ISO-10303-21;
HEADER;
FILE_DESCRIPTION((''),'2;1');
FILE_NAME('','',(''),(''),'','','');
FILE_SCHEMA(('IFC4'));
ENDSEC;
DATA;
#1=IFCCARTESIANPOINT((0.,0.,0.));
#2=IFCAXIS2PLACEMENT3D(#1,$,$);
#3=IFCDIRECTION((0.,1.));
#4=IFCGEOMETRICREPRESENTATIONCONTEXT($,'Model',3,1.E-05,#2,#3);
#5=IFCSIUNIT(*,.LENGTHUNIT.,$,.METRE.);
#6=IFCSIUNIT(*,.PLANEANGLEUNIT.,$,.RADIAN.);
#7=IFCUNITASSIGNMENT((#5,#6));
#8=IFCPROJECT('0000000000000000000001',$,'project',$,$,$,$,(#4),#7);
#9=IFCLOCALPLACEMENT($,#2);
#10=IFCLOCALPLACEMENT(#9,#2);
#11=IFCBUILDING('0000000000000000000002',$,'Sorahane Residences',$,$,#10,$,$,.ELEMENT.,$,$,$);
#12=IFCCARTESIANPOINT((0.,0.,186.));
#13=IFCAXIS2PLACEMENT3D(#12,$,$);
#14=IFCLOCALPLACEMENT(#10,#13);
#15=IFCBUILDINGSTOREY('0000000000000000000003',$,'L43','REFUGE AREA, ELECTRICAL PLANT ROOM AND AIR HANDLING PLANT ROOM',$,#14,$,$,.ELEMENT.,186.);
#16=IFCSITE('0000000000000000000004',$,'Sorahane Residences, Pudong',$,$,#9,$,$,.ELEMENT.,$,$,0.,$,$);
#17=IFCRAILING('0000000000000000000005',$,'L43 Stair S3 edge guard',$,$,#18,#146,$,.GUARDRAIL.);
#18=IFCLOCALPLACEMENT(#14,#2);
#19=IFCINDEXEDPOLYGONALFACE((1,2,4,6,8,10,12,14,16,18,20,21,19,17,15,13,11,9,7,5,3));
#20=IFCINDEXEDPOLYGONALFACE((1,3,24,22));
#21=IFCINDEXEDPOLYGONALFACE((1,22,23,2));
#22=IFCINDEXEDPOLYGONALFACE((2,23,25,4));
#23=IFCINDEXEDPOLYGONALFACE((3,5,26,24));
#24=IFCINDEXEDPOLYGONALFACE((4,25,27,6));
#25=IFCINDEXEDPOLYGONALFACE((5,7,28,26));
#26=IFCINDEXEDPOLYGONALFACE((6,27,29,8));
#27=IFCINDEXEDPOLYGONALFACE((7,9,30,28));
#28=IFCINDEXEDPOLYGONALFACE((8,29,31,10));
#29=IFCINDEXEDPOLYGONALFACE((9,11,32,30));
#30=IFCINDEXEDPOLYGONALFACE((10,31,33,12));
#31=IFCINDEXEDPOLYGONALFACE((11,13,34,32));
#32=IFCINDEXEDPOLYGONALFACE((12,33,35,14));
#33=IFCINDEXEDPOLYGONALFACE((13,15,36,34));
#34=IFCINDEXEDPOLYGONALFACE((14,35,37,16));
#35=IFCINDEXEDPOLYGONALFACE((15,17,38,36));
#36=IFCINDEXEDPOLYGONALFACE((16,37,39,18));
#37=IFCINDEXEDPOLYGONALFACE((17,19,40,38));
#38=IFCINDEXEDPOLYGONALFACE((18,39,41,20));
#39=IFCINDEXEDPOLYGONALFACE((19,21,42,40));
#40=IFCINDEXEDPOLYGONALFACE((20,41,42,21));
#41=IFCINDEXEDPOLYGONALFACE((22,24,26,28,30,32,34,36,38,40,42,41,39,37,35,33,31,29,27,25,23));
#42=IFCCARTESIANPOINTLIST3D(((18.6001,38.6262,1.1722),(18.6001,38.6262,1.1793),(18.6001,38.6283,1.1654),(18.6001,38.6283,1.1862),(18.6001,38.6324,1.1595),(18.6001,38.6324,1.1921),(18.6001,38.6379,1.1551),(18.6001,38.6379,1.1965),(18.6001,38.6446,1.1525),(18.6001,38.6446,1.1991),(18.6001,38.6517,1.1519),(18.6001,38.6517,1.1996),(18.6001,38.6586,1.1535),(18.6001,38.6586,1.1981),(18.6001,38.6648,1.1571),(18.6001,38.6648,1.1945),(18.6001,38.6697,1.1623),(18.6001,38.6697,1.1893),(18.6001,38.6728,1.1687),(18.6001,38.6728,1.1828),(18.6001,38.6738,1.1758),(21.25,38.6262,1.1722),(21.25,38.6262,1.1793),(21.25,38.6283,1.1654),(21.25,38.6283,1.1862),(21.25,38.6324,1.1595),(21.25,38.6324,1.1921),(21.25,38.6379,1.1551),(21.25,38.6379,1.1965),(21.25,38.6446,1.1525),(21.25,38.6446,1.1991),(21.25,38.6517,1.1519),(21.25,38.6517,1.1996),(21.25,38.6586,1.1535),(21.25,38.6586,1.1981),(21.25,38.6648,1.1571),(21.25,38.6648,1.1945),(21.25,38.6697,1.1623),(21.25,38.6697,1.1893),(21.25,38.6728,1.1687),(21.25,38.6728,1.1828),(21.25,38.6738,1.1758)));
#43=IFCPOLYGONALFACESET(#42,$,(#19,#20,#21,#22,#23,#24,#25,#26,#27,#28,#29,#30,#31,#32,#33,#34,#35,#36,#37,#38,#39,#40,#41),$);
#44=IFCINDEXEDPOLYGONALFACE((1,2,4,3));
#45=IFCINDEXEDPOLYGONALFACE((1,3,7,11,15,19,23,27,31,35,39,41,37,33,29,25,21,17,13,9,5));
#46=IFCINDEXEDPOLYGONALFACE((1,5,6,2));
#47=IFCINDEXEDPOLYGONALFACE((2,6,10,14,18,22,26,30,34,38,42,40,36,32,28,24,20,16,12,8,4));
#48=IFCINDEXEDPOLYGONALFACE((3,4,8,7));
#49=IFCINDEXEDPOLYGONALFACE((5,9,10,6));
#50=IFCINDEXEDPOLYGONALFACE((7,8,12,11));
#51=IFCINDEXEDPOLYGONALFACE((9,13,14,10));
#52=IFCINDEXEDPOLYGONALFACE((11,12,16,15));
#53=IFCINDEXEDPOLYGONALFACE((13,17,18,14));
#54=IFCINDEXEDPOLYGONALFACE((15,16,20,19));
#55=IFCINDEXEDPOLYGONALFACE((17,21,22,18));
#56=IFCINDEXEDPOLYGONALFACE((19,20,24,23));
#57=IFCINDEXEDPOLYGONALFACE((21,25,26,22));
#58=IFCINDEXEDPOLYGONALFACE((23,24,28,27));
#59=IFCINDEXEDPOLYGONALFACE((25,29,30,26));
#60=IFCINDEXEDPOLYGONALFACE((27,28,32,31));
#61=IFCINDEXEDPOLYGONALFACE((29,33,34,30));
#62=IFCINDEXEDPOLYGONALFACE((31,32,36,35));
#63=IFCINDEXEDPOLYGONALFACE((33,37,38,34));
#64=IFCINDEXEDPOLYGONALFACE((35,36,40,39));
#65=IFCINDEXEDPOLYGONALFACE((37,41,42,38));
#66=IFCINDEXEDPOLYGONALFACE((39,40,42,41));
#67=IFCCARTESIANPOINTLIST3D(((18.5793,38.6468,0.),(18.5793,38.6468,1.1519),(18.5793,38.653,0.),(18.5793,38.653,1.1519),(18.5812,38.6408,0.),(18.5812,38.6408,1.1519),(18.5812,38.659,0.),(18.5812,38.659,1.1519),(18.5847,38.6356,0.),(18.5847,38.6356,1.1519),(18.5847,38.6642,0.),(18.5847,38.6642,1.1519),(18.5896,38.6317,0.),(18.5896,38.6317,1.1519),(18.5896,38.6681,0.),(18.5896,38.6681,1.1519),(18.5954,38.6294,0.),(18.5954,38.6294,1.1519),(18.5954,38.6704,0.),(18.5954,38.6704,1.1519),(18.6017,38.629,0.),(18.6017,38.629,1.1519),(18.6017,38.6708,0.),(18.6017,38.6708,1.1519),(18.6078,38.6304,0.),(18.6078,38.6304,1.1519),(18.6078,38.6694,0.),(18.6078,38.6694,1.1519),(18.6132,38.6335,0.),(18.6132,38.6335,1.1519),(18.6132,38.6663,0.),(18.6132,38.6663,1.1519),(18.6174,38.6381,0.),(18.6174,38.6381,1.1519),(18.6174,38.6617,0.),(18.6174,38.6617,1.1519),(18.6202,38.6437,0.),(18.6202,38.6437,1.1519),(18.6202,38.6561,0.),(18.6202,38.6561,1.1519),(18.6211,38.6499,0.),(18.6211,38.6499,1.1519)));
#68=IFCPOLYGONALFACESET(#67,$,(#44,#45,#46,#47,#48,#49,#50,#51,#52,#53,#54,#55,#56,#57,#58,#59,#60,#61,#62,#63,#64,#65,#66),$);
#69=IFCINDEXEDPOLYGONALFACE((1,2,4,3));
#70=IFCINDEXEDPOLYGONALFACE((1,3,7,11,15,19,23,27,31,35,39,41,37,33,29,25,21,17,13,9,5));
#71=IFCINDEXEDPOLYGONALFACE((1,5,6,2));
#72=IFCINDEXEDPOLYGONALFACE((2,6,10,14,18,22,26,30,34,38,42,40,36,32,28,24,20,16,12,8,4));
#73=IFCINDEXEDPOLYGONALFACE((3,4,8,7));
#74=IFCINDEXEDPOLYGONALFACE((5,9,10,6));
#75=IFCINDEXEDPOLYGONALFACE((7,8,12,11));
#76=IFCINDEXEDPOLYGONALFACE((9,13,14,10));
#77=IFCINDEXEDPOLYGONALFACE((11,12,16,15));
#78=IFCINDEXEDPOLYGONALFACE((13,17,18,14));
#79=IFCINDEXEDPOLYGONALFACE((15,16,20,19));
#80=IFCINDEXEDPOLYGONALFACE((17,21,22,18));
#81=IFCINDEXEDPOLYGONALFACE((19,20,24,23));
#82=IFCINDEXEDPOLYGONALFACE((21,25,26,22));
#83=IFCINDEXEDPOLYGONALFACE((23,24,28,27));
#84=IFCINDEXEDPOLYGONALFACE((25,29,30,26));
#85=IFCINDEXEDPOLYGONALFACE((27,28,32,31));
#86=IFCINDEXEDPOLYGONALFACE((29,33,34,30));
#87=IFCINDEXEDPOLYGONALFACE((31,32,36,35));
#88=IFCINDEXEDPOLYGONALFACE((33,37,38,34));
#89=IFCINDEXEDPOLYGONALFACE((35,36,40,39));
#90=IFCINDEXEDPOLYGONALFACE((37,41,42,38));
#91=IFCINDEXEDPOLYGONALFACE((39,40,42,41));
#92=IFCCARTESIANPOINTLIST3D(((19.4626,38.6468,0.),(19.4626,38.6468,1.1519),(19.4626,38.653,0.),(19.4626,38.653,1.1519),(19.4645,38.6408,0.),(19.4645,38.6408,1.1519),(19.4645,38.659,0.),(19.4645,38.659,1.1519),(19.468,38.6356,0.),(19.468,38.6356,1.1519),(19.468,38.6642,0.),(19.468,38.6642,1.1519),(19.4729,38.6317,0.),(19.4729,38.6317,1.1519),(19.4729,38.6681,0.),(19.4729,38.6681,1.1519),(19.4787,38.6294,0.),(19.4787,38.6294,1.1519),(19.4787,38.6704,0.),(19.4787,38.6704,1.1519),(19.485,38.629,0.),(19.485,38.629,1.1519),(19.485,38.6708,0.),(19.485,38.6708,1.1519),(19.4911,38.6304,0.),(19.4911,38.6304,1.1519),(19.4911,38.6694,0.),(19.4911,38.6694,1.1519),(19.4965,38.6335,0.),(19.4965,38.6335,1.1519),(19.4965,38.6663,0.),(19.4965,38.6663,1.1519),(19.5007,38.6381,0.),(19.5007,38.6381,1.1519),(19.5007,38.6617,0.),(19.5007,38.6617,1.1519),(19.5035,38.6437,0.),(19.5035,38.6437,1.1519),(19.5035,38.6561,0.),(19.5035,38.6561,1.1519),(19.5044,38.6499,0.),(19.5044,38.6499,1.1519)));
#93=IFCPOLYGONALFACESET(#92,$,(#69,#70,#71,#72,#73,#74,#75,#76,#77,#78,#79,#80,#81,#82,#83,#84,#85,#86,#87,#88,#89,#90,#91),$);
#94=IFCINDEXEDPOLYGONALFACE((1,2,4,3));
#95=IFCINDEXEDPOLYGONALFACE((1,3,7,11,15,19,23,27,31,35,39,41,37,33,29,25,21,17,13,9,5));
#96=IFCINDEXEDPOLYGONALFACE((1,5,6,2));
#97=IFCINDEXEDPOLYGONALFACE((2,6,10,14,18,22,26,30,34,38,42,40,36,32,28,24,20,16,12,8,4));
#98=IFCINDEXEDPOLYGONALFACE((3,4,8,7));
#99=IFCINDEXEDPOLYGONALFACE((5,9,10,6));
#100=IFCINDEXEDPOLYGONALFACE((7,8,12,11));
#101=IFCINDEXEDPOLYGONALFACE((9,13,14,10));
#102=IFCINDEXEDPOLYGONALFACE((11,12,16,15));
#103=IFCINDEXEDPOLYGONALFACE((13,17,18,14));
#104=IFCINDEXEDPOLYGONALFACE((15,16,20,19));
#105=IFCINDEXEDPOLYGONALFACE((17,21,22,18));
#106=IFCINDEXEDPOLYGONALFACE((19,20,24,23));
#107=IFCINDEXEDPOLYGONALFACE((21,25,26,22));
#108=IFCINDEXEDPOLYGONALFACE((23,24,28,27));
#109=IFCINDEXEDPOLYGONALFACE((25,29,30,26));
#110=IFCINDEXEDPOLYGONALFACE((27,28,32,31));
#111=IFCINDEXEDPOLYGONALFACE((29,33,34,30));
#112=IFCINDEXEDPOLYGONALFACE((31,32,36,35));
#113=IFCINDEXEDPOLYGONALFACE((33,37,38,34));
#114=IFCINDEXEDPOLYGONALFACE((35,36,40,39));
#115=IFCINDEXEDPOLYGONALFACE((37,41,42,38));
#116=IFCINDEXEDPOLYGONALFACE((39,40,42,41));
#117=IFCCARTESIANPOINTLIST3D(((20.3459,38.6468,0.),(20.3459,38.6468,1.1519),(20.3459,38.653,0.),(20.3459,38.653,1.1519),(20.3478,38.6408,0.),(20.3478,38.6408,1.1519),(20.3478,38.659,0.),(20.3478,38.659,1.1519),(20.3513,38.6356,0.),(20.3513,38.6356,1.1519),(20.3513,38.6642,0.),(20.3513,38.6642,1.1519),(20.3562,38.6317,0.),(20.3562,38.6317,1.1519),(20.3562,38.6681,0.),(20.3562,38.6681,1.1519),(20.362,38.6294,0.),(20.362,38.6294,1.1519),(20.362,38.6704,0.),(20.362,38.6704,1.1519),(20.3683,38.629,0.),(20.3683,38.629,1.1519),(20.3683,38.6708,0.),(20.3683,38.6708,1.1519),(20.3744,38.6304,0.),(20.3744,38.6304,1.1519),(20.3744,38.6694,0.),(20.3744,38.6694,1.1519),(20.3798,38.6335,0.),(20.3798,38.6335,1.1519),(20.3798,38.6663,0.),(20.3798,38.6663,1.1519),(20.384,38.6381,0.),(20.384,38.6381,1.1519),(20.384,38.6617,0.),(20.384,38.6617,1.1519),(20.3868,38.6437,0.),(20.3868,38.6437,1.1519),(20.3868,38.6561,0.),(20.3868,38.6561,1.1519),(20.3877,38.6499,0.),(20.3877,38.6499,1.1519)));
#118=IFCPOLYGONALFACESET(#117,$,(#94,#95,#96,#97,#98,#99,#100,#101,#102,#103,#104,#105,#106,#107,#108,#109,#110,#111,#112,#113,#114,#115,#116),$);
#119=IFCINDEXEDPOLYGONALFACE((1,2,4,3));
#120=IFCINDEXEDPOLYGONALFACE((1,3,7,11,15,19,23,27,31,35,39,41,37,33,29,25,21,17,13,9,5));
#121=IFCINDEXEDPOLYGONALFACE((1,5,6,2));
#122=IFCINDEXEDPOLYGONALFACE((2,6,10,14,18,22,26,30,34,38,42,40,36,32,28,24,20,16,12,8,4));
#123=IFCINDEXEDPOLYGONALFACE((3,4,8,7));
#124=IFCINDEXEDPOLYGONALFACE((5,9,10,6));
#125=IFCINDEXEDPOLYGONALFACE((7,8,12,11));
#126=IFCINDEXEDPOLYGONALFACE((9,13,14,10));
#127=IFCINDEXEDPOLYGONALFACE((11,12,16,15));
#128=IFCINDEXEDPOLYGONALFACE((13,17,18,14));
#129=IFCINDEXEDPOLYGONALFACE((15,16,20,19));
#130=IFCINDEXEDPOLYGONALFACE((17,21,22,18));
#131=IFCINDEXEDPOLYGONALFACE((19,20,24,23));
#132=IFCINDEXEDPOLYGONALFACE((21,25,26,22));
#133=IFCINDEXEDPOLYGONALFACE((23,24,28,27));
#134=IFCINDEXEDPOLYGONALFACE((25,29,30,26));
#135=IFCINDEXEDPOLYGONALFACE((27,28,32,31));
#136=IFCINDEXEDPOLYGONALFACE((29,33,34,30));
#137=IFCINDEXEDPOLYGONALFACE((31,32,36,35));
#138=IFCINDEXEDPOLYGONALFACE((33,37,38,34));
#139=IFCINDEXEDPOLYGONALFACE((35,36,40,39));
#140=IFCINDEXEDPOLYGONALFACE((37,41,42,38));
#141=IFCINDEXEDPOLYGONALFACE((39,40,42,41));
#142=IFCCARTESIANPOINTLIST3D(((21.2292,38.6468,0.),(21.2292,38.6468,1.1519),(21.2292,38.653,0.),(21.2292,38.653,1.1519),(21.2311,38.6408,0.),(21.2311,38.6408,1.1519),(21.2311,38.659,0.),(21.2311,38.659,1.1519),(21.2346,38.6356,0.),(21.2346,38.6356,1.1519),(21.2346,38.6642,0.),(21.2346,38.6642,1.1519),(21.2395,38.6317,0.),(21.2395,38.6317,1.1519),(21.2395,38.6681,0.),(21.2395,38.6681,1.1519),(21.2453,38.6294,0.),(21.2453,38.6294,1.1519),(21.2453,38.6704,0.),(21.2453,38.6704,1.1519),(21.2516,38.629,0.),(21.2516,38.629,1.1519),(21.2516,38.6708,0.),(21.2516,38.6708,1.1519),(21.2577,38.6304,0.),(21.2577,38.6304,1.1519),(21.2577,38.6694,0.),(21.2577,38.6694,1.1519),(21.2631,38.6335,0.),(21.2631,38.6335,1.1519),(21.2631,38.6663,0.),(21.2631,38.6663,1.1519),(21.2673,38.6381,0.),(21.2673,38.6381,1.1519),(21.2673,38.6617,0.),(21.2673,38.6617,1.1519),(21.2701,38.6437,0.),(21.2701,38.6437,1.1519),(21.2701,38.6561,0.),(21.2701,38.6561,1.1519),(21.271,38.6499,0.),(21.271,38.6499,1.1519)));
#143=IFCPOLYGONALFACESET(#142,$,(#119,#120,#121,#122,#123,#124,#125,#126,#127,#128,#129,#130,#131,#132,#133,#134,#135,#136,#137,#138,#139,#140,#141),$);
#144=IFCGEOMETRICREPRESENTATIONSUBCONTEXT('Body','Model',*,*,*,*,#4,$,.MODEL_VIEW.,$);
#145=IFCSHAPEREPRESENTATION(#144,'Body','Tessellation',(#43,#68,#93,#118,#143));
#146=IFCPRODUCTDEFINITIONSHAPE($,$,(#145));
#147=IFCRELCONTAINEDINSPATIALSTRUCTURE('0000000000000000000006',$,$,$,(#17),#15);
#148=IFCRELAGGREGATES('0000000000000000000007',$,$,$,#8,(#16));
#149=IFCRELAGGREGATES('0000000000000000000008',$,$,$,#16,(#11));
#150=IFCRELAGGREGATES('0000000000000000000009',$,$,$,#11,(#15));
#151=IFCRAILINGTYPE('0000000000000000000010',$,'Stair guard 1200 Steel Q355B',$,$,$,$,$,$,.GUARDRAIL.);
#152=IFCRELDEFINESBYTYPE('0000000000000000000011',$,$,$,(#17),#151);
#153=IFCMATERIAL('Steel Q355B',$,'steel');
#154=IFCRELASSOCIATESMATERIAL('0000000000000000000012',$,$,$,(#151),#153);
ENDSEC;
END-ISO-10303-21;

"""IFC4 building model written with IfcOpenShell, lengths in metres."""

from ifc_helpers import new_model, si_unit, direction, frame, origin, origin_2d, place, context, subcontext, project, spatial, circle, extrude, material, type_object, element, save


model = new_model("IFC4")

# Units and contexts
model_context = context("Model", 3, precision=1e-05, world=origin(), true_north=direction((0.0, 1.0)))
body_context = subcontext(model_context, "Body", "Model", "MODEL_VIEW")
ifc_project = project(units=[si_unit("LENGTHUNIT", "METRE"), si_unit("PLANEANGLEUNIT", "RADIAN")], contexts=[model_context])

# Site, building, storey
site_placement = place(None, origin())
site = spatial("IfcSite", under=ifc_project, at=site_placement, Name="Sorahane Residences, Pudong", CompositionType="ELEMENT", RefElevation=0.0)
building_placement = place(site_placement, origin())
building = spatial("IfcBuilding", under=site, at=building_placement, Name="Sorahane Residences", CompositionType="ELEMENT")
storey_placement = place(building_placement, frame((0.0, 0.0, 186.0)))
storey = spatial("IfcBuildingStorey", under=building, at=storey_placement, Name="L43", Description="REFUGE AREA, ELECTRICAL PLANT ROOM AND AIR HANDLING PLANT ROOM", CompositionType="ELEMENT", Elevation=186.0)

# Railing
ifc_material_1 = material(Name="Steel Q355B", Category="steel")
railing_type_1 = type_object("IfcRailingType", Name="Stair guard 1200 Steel Q355B", PredefinedType="GUARDRAIL", material=ifc_material_1)
railing_1_placement = place(storey_placement, frame((18.6001, 38.6499, 0.0)))
element("IfcRailing", 1, at=railing_1_placement, inside=storey, type_object=railing_type_1, Name="L43 Stair S3 edge guard", PredefinedType="GUARDRAIL", context=body_context, shape_type="SweptSolid", body=[
    extrude(circle(Radius=0.0239, at=origin_2d()), frame((0.0, 0.0, 1.1758), z_axis=(1.0, 0.0, 0.0), x_axis=(0.0, 1.0, 0.0)), (0.0, 0.0, 1.0), 2.6499),
    extrude(circle(Radius=0.021, at=origin_2d()), origin(), (0.0, 0.0, 1.0), 1.1519),
    extrude(circle(Radius=0.021, at=origin_2d()), frame((0.8833, 0.0, 0.0)), (0.0, 0.0, 1.0), 1.1519),
    extrude(circle(Radius=0.021, at=origin_2d()), frame((1.7666, 0.0, 0.0)), (0.0, 0.0, 1.0), 1.1519),
    extrude(circle(Radius=0.021, at=origin_2d()), frame((2.6499, 0.0, 0.0)), (0.0, 0.0, 1.0), 1.1519),
])

save(model, "model.ifc")
